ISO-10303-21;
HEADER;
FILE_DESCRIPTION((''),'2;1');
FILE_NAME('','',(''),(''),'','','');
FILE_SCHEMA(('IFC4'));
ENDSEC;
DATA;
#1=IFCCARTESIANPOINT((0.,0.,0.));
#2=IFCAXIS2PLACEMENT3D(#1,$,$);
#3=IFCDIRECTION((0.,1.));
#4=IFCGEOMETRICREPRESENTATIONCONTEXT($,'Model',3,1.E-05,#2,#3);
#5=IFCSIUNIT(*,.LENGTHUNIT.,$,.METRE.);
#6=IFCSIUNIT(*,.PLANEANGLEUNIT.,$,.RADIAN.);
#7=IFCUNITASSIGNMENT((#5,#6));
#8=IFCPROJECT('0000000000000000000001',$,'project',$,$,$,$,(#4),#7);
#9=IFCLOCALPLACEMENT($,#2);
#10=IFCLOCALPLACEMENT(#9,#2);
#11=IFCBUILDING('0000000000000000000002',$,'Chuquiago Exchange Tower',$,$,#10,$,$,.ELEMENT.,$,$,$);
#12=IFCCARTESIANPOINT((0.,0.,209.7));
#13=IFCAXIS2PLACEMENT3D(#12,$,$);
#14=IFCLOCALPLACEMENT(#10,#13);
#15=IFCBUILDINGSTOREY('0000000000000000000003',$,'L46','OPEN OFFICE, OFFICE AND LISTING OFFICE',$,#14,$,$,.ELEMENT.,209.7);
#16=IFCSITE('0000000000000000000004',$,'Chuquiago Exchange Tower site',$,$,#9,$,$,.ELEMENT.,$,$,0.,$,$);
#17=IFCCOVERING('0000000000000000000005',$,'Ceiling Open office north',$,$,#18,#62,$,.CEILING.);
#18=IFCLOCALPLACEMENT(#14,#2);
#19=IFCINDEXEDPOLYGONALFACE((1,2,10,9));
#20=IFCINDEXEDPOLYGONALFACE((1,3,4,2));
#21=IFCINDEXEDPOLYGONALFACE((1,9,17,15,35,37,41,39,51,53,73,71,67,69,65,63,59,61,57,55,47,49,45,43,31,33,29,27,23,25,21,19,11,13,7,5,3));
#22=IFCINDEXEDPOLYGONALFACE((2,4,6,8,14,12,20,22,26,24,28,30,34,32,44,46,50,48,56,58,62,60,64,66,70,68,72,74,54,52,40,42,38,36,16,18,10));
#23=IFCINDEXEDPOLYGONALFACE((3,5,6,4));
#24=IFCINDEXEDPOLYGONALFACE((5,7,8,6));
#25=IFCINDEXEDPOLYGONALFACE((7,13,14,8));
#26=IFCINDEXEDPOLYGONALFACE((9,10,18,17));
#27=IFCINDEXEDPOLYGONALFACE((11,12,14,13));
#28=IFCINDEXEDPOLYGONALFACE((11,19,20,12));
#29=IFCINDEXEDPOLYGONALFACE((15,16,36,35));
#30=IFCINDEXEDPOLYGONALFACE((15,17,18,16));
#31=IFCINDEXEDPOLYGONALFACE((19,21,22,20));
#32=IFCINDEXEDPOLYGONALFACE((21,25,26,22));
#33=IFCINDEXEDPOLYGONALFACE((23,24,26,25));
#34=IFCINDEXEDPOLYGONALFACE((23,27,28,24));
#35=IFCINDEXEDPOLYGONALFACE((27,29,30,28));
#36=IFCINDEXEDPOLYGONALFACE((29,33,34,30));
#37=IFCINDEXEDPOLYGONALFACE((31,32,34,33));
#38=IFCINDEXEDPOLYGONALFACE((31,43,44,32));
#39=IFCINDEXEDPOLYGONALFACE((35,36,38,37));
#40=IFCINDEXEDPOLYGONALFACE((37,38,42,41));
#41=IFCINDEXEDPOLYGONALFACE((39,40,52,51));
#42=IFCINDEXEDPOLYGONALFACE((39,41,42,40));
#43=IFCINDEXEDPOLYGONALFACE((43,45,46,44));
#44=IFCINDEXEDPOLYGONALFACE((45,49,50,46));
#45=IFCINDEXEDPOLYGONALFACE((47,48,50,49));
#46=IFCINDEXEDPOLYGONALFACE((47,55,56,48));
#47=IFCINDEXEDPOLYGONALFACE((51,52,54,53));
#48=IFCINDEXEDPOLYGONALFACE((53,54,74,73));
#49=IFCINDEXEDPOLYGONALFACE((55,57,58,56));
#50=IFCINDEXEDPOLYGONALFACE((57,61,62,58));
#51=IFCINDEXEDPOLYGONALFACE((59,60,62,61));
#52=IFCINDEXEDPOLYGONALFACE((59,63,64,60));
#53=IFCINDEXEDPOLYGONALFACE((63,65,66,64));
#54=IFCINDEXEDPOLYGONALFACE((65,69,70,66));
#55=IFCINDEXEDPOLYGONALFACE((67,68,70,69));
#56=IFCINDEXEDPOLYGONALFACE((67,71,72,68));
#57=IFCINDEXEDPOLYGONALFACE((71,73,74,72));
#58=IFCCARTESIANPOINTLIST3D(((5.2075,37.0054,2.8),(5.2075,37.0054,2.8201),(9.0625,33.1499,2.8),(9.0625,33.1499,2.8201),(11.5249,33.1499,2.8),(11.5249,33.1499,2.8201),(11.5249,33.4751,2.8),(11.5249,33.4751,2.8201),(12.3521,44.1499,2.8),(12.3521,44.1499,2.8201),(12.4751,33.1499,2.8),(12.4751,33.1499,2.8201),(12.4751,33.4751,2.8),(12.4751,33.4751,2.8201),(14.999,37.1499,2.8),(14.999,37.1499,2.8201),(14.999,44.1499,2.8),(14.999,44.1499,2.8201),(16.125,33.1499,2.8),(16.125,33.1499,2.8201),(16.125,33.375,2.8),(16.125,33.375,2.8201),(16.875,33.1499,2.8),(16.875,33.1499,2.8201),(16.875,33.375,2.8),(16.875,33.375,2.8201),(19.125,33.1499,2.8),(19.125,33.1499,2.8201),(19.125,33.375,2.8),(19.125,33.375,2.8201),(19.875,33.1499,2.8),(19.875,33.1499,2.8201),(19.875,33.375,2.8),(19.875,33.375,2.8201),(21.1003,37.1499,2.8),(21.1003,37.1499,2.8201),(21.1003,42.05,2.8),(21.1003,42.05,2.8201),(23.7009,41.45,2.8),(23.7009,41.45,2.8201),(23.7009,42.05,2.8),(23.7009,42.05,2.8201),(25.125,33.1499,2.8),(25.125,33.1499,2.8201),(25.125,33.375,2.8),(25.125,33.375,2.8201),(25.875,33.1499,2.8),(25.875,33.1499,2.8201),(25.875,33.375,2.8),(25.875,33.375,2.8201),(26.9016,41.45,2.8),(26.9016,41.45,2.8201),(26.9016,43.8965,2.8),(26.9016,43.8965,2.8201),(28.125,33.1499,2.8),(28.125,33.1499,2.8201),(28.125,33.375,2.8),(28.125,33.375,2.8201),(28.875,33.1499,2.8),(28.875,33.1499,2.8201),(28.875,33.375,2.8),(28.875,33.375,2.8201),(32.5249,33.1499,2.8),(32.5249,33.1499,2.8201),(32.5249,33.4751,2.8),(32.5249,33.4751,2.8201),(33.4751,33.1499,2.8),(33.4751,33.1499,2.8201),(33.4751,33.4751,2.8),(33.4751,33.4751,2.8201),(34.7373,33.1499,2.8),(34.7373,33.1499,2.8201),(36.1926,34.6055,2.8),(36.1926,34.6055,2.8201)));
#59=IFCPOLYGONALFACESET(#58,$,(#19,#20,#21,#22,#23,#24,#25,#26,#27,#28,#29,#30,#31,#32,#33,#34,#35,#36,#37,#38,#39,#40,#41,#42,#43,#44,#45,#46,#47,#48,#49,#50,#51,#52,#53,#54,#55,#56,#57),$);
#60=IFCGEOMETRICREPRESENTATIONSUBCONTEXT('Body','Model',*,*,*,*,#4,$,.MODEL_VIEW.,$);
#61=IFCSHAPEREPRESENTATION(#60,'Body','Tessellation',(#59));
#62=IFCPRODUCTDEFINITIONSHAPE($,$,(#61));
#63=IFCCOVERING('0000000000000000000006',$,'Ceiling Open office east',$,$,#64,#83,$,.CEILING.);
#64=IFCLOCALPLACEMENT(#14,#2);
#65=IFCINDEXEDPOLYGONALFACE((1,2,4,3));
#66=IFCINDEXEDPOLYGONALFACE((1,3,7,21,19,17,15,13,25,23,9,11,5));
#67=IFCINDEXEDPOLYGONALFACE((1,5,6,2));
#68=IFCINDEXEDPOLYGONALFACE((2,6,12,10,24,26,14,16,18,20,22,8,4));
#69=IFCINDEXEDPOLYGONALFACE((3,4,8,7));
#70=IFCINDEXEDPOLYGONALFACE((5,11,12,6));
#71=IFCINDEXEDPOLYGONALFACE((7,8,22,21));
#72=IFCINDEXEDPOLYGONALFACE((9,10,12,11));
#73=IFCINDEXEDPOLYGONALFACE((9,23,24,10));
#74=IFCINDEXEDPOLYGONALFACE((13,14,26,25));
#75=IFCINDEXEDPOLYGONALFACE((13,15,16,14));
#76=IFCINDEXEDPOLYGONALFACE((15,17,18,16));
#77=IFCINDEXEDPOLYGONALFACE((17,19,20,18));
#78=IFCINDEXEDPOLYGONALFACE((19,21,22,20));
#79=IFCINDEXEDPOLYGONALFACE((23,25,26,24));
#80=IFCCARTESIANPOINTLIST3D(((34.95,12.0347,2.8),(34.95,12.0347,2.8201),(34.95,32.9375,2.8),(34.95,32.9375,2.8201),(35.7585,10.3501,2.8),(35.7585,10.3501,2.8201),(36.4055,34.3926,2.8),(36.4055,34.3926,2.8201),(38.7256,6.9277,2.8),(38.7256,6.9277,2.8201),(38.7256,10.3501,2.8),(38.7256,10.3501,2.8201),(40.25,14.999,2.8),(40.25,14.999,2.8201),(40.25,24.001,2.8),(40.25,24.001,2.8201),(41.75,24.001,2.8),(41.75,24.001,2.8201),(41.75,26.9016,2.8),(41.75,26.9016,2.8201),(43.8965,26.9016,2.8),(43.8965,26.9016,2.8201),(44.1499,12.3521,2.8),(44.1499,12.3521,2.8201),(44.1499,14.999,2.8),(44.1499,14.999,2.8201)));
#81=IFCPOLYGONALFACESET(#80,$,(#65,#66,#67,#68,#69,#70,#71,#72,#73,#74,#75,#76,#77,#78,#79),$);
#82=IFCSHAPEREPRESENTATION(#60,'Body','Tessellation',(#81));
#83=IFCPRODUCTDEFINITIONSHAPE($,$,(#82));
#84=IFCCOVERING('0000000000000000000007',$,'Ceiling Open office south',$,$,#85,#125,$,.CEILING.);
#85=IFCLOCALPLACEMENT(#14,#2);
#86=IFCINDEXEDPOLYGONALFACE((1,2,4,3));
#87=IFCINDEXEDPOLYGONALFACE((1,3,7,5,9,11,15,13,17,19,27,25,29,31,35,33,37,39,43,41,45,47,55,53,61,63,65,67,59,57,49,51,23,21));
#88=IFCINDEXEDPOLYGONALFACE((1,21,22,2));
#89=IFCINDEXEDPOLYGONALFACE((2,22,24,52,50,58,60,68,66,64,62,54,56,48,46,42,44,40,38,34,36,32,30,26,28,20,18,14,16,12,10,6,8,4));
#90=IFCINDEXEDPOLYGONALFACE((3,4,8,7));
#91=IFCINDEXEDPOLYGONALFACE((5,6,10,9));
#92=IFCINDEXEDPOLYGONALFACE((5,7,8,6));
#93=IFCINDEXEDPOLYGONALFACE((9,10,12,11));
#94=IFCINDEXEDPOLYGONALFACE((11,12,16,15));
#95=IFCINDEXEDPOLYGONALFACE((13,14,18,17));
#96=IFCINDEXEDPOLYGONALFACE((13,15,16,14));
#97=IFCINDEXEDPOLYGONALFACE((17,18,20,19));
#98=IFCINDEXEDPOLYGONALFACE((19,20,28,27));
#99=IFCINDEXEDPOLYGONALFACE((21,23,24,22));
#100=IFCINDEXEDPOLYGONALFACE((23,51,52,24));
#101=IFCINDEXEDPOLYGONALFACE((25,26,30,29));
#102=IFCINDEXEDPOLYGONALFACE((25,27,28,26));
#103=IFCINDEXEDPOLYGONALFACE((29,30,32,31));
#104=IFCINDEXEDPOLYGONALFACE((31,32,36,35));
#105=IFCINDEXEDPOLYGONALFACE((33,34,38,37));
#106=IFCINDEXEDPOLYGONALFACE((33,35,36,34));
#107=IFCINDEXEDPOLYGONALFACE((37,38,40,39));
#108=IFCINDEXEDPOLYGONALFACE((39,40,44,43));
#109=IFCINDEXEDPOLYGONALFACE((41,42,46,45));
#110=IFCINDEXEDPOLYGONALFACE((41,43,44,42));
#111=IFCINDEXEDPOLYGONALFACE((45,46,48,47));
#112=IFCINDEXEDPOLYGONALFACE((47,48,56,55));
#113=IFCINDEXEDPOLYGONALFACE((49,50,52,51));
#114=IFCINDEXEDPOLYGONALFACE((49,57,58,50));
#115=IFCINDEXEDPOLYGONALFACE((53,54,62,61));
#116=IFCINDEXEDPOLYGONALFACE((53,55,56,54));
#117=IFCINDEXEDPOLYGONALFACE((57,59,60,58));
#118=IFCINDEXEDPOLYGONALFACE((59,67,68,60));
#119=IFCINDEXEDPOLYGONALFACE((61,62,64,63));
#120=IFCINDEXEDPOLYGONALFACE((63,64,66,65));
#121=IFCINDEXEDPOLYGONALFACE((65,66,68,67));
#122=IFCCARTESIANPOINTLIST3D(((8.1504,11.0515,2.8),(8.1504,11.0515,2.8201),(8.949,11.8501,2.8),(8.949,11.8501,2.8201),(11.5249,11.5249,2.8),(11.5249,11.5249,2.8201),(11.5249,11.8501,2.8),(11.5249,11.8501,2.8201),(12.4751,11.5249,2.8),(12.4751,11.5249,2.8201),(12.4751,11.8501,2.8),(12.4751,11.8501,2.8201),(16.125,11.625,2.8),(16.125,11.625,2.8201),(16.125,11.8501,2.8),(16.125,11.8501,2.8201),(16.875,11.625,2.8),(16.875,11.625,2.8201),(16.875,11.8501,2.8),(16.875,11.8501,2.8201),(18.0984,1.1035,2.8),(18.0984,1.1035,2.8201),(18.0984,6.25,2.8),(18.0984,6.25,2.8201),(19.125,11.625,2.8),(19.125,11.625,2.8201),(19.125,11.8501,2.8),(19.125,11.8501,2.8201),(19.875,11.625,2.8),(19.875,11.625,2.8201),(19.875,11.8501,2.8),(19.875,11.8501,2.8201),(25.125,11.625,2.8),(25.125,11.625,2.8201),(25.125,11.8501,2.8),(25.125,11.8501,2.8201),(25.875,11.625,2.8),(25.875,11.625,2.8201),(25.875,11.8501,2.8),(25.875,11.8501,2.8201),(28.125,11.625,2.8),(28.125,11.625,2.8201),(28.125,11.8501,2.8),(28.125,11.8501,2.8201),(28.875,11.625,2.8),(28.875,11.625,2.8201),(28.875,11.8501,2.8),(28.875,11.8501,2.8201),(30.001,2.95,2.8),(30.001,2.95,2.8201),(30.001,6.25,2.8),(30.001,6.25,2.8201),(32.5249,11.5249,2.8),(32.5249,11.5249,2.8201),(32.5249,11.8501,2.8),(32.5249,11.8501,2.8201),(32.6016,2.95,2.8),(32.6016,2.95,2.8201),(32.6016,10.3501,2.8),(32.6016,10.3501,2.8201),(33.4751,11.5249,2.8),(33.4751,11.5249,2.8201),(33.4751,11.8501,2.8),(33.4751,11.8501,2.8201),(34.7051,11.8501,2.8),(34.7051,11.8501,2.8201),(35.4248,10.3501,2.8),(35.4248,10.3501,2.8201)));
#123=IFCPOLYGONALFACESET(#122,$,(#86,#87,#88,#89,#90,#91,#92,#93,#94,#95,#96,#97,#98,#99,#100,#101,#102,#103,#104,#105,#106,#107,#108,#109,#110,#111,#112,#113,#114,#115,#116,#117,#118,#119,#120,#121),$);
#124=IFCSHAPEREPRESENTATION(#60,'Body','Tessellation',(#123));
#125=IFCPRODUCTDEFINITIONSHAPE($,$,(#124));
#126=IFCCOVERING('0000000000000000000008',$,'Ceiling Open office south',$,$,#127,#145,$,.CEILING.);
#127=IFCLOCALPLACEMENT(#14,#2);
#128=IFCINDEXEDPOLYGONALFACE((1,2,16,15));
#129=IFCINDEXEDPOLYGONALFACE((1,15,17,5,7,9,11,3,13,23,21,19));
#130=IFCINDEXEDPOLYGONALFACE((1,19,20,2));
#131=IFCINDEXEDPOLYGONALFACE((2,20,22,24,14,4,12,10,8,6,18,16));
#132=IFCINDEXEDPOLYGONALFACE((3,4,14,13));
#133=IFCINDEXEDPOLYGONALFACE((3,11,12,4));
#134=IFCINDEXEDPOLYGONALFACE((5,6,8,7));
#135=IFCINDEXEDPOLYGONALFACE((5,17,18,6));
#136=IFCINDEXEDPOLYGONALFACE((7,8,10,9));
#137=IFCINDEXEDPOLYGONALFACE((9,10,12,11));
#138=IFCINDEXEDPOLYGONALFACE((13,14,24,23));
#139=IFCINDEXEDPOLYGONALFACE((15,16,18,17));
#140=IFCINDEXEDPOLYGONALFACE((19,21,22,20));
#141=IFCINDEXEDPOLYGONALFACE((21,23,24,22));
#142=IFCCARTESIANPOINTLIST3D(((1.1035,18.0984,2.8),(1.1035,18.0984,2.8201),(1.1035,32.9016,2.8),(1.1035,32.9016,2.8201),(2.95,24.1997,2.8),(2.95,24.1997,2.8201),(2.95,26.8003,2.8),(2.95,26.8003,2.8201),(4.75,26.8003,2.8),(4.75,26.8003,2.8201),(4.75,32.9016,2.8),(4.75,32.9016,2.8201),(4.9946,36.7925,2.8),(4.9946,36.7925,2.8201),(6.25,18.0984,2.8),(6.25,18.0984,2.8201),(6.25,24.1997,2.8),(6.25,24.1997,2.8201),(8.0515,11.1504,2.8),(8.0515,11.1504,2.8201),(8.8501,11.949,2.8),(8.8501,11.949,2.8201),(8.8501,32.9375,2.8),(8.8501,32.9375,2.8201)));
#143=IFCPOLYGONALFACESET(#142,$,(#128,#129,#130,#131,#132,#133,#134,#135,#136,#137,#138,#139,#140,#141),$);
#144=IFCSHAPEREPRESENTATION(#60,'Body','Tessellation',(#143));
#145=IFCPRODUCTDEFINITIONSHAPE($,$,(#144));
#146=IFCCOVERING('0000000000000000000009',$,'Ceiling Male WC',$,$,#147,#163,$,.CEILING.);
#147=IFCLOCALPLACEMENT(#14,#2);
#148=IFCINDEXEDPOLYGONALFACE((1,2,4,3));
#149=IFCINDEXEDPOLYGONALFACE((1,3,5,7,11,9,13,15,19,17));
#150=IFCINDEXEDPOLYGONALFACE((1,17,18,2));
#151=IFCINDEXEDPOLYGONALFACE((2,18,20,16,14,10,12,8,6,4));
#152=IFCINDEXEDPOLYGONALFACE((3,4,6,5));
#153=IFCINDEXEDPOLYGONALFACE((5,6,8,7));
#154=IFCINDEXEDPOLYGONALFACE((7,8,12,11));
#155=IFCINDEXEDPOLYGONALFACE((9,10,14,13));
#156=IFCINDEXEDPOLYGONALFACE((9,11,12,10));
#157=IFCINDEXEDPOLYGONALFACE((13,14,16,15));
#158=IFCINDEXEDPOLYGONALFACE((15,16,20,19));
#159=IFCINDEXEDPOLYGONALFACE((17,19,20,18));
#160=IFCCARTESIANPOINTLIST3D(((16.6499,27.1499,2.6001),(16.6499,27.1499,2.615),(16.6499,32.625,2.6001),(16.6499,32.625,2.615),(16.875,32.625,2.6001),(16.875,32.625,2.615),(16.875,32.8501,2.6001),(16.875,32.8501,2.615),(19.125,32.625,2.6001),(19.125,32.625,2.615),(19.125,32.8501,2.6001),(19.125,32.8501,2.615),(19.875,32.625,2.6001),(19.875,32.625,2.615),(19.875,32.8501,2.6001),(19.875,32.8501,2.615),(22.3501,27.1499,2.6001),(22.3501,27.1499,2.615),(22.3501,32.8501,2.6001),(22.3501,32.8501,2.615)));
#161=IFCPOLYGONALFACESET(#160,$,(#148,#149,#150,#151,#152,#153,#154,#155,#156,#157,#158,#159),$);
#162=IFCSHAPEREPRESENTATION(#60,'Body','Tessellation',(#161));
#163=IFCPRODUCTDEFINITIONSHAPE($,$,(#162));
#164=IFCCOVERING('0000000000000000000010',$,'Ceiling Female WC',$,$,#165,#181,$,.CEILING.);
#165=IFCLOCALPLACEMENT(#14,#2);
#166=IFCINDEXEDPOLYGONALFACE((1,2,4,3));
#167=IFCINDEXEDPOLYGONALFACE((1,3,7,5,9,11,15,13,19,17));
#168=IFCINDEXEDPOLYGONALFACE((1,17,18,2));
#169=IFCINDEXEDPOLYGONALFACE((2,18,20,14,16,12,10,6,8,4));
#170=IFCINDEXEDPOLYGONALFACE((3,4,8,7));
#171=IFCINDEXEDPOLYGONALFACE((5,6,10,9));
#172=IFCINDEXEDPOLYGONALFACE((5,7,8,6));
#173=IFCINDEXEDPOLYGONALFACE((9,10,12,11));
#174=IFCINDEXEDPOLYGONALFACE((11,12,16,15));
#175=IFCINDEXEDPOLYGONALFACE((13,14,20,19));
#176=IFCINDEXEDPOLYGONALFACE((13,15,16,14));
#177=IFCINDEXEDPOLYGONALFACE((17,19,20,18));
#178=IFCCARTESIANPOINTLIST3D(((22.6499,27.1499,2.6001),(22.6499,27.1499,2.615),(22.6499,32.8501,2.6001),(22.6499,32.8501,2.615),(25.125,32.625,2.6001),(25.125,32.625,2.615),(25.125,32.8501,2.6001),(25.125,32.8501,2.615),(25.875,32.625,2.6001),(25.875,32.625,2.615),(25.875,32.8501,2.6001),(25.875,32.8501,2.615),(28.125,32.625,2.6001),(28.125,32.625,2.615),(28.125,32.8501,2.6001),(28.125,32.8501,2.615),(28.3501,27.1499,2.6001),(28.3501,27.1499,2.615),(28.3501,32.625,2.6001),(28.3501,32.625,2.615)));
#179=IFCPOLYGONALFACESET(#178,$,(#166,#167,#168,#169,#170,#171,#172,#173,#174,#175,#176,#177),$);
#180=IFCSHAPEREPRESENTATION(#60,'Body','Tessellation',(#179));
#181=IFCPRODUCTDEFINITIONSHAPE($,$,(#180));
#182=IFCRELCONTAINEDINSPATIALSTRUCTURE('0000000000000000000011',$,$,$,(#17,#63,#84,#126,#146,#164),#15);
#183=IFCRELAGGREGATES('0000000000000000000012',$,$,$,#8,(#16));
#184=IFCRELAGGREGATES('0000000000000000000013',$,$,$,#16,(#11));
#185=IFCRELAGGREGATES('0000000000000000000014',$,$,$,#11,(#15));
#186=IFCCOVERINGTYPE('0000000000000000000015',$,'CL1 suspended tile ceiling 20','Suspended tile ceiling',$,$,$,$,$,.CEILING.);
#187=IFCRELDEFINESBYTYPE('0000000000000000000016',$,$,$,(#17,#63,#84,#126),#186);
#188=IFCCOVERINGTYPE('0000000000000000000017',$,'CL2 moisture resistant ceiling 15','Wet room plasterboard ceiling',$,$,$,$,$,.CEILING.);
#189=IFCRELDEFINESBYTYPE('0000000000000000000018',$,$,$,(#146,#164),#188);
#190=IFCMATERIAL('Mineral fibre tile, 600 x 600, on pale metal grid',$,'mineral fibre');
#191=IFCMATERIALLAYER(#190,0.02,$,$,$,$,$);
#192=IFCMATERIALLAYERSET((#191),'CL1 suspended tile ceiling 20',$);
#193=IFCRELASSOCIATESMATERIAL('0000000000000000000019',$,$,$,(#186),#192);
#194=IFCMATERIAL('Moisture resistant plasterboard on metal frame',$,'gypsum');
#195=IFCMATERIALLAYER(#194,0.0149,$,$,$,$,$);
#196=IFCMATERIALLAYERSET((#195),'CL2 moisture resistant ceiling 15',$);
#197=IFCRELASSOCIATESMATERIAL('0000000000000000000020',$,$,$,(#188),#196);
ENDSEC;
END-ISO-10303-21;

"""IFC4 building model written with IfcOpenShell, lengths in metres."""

from ifc_helpers import new_model, si_unit, direction, frame, origin, place, context, subcontext, project, spatial, polyline, outline, extrude, material, layer, layer_set, type_object, element, save


model = new_model("IFC4")

# Units and contexts
model_context = context("Model", 3, precision=1e-05, world=origin(), true_north=direction((0.0, 1.0)))
body_context = subcontext(model_context, "Body", "Model", "MODEL_VIEW")
ifc_project = project(units=[si_unit("LENGTHUNIT", "METRE"), si_unit("PLANEANGLEUNIT", "RADIAN")], contexts=[model_context])

# Site, building, storey
site_placement = place(None, origin())
site = spatial("IfcSite", under=ifc_project, at=site_placement, Name="Chuquiago Exchange Tower site", CompositionType="ELEMENT", RefElevation=0.0)
building_placement = place(site_placement, origin())
building = spatial("IfcBuilding", under=site, at=building_placement, Name="Chuquiago Exchange Tower", CompositionType="ELEMENT")
storey_placement = place(building_placement, frame((0.0, 0.0, 209.7)))
storey = spatial("IfcBuildingStorey", under=building, at=storey_placement, Name="L46", Description="OPEN OFFICE, OFFICE AND LISTING OFFICE", CompositionType="ELEMENT", Elevation=209.7)

# Coverings
ifc_material_1 = material(Name="Mineral fibre tile, 600 x 600, on pale metal grid", Category="mineral fibre")
ifc_layer_1 = layer(ifc_material_1, 0.02)
ifc_layer_set_1 = layer_set([ifc_layer_1], Name="CL1 suspended tile ceiling 20")
covering_type_1 = type_object("IfcCoveringType", Name="CL1 suspended tile ceiling 20", Description="Suspended tile ceiling", PredefinedType="CEILING", material=ifc_layer_set_1)
covering_1_placement = place(storey_placement, frame((0.0, 0.0, 2.8)))
element("IfcCovering", 1, at=covering_1_placement, inside=storey, type_object=covering_type_1, Name="Ceiling Open office north", PredefinedType="CEILING", context=body_context, shape_type="SweptSolid", body=[
    extrude(outline(polyline([(21.1003, 37.1499), (21.1003, 42.05), (23.7009, 42.05), (23.7009, 41.45), (26.9016, 41.45), (26.9016, 43.8965), (36.1926, 34.6055), (34.7373, 33.1499), (33.4751, 33.1499), (33.4751, 33.4751), (32.5249, 33.4751), (32.5249, 33.1499), (28.875, 33.1499), (28.875, 33.375), (28.125, 33.375), (28.125, 33.1499), (25.875, 33.1499), (25.875, 33.375), (25.125, 33.375), (25.125, 33.1499), (19.875, 33.1499), (19.875, 33.375), (19.125, 33.375), (19.125, 33.1499), (16.875, 33.1499), (16.875, 33.375), (16.125, 33.375), (16.125, 33.1499), (12.4751, 33.1499), (12.4751, 33.4751), (11.5249, 33.4751), (11.5249, 33.1499), (9.0625, 33.1499), (5.2075, 37.0054), (12.3521, 44.1499), (14.999, 44.1499), (14.999, 37.1499), (21.1003, 37.1499)])), origin(), (0.0, 0.0, 1.0), 0.02),
])
covering_2_placement = place(storey_placement, frame((0.0, 0.0, 2.8)))
element("IfcCovering", 2, at=covering_2_placement, inside=storey, type_object=covering_type_1, Name="Ceiling Open office east", PredefinedType="CEILING", context=body_context, shape_type="SweptSolid", body=[
    extrude(outline(polyline([(41.75, 26.9016), (41.75, 24.001), (40.25, 24.001), (40.25, 14.999), (44.1499, 14.999), (44.1499, 12.3521), (38.7256, 6.9277), (38.7256, 10.3501), (35.7585, 10.3501), (34.95, 12.0347), (34.95, 32.9375), (36.4055, 34.3926), (43.8965, 26.9016), (41.75, 26.9016)])), origin(), (0.0, 0.0, 1.0), 0.02),
])
covering_3_placement = place(storey_placement, frame((0.0, 0.0, 2.8)))
element("IfcCovering", 3, at=covering_3_placement, inside=storey, type_object=covering_type_1, Name="Ceiling Open office south", PredefinedType="CEILING", context=body_context, shape_type="SweptSolid", body=[
    extrude(outline(polyline([(32.6016, 2.95), (30.001, 2.95), (30.001, 6.25), (18.0984, 6.25), (18.0984, 1.1035), (8.1504, 11.0515), (8.949, 11.8501), (11.5249, 11.8501), (11.5249, 11.5249), (12.4751, 11.5249), (12.4751, 11.8501), (16.125, 11.8501), (16.125, 11.625), (16.875, 11.625), (16.875, 11.8501), (19.125, 11.8501), (19.125, 11.625), (19.875, 11.625), (19.875, 11.8501), (25.125, 11.8501), (25.125, 11.625), (25.875, 11.625), (25.875, 11.8501), (28.125, 11.8501), (28.125, 11.625), (28.875, 11.625), (28.875, 11.8501), (32.5249, 11.8501), (32.5249, 11.5249), (33.4751, 11.5249), (33.4751, 11.8501), (34.7051, 11.8501), (35.4248, 10.3501), (32.6016, 10.3501), (32.6016, 2.95)])), origin(), (0.0, 0.0, 1.0), 0.02),
])
covering_4_placement = place(storey_placement, frame((0.0, 0.0, 2.8)))
element("IfcCovering", 4, at=covering_4_placement, inside=storey, type_object=covering_type_1, Name="Ceiling Open office south", PredefinedType="CEILING", context=body_context, shape_type="SweptSolid", body=[
    extrude(outline(polyline([(1.1035, 18.0984), (6.25, 18.0984), (6.25, 24.1997), (2.95, 24.1997), (2.95, 26.8003), (4.75, 26.8003), (4.75, 32.9016), (1.1035, 32.9016), (4.9946, 36.7925), (8.8501, 32.9375), (8.8501, 11.949), (8.0515, 11.1504), (1.1035, 18.0984)])), origin(), (0.0, 0.0, 1.0), 0.02),
])
ifc_material_2 = material(Name="Moisture resistant plasterboard on metal frame", Category="gypsum")
ifc_layer_2 = layer(ifc_material_2, 0.0149)
ifc_layer_set_2 = layer_set([ifc_layer_2], Name="CL2 moisture resistant ceiling 15")
covering_type_2 = type_object("IfcCoveringType", Name="CL2 moisture resistant ceiling 15", Description="Wet room plasterboard ceiling", PredefinedType="CEILING", material=ifc_layer_set_2)
covering_5_placement = place(storey_placement, frame((0.0, 0.0, 2.6001)))
element("IfcCovering", 5, at=covering_5_placement, inside=storey, type_object=covering_type_2, Name="Ceiling Male WC", PredefinedType="CEILING", context=body_context, shape_type="SweptSolid", body=[
    extrude(outline(polyline([(16.6499, 27.1499), (16.6499, 32.625), (16.875, 32.625), (16.875, 32.8501), (19.125, 32.8501), (19.125, 32.625), (19.875, 32.625), (19.875, 32.8501), (22.3501, 32.8501), (22.3501, 27.1499), (16.6499, 27.1499)])), origin(), (0.0, 0.0, 1.0), 0.0149),
])
covering_6_placement = place(storey_placement, frame((0.0, 0.0, 2.6001)))
element("IfcCovering", 6, at=covering_6_placement, inside=storey, type_object=covering_type_2, Name="Ceiling Female WC", PredefinedType="CEILING", context=body_context, shape_type="SweptSolid", body=[
    extrude(outline(polyline([(22.6499, 27.1499), (22.6499, 32.8501), (25.125, 32.8501), (25.125, 32.625), (25.875, 32.625), (25.875, 32.8501), (28.125, 32.8501), (28.125, 32.625), (28.3501, 32.625), (28.3501, 27.1499), (22.6499, 27.1499)])), origin(), (0.0, 0.0, 1.0), 0.0149),
])

save(model, "model.ifc")
